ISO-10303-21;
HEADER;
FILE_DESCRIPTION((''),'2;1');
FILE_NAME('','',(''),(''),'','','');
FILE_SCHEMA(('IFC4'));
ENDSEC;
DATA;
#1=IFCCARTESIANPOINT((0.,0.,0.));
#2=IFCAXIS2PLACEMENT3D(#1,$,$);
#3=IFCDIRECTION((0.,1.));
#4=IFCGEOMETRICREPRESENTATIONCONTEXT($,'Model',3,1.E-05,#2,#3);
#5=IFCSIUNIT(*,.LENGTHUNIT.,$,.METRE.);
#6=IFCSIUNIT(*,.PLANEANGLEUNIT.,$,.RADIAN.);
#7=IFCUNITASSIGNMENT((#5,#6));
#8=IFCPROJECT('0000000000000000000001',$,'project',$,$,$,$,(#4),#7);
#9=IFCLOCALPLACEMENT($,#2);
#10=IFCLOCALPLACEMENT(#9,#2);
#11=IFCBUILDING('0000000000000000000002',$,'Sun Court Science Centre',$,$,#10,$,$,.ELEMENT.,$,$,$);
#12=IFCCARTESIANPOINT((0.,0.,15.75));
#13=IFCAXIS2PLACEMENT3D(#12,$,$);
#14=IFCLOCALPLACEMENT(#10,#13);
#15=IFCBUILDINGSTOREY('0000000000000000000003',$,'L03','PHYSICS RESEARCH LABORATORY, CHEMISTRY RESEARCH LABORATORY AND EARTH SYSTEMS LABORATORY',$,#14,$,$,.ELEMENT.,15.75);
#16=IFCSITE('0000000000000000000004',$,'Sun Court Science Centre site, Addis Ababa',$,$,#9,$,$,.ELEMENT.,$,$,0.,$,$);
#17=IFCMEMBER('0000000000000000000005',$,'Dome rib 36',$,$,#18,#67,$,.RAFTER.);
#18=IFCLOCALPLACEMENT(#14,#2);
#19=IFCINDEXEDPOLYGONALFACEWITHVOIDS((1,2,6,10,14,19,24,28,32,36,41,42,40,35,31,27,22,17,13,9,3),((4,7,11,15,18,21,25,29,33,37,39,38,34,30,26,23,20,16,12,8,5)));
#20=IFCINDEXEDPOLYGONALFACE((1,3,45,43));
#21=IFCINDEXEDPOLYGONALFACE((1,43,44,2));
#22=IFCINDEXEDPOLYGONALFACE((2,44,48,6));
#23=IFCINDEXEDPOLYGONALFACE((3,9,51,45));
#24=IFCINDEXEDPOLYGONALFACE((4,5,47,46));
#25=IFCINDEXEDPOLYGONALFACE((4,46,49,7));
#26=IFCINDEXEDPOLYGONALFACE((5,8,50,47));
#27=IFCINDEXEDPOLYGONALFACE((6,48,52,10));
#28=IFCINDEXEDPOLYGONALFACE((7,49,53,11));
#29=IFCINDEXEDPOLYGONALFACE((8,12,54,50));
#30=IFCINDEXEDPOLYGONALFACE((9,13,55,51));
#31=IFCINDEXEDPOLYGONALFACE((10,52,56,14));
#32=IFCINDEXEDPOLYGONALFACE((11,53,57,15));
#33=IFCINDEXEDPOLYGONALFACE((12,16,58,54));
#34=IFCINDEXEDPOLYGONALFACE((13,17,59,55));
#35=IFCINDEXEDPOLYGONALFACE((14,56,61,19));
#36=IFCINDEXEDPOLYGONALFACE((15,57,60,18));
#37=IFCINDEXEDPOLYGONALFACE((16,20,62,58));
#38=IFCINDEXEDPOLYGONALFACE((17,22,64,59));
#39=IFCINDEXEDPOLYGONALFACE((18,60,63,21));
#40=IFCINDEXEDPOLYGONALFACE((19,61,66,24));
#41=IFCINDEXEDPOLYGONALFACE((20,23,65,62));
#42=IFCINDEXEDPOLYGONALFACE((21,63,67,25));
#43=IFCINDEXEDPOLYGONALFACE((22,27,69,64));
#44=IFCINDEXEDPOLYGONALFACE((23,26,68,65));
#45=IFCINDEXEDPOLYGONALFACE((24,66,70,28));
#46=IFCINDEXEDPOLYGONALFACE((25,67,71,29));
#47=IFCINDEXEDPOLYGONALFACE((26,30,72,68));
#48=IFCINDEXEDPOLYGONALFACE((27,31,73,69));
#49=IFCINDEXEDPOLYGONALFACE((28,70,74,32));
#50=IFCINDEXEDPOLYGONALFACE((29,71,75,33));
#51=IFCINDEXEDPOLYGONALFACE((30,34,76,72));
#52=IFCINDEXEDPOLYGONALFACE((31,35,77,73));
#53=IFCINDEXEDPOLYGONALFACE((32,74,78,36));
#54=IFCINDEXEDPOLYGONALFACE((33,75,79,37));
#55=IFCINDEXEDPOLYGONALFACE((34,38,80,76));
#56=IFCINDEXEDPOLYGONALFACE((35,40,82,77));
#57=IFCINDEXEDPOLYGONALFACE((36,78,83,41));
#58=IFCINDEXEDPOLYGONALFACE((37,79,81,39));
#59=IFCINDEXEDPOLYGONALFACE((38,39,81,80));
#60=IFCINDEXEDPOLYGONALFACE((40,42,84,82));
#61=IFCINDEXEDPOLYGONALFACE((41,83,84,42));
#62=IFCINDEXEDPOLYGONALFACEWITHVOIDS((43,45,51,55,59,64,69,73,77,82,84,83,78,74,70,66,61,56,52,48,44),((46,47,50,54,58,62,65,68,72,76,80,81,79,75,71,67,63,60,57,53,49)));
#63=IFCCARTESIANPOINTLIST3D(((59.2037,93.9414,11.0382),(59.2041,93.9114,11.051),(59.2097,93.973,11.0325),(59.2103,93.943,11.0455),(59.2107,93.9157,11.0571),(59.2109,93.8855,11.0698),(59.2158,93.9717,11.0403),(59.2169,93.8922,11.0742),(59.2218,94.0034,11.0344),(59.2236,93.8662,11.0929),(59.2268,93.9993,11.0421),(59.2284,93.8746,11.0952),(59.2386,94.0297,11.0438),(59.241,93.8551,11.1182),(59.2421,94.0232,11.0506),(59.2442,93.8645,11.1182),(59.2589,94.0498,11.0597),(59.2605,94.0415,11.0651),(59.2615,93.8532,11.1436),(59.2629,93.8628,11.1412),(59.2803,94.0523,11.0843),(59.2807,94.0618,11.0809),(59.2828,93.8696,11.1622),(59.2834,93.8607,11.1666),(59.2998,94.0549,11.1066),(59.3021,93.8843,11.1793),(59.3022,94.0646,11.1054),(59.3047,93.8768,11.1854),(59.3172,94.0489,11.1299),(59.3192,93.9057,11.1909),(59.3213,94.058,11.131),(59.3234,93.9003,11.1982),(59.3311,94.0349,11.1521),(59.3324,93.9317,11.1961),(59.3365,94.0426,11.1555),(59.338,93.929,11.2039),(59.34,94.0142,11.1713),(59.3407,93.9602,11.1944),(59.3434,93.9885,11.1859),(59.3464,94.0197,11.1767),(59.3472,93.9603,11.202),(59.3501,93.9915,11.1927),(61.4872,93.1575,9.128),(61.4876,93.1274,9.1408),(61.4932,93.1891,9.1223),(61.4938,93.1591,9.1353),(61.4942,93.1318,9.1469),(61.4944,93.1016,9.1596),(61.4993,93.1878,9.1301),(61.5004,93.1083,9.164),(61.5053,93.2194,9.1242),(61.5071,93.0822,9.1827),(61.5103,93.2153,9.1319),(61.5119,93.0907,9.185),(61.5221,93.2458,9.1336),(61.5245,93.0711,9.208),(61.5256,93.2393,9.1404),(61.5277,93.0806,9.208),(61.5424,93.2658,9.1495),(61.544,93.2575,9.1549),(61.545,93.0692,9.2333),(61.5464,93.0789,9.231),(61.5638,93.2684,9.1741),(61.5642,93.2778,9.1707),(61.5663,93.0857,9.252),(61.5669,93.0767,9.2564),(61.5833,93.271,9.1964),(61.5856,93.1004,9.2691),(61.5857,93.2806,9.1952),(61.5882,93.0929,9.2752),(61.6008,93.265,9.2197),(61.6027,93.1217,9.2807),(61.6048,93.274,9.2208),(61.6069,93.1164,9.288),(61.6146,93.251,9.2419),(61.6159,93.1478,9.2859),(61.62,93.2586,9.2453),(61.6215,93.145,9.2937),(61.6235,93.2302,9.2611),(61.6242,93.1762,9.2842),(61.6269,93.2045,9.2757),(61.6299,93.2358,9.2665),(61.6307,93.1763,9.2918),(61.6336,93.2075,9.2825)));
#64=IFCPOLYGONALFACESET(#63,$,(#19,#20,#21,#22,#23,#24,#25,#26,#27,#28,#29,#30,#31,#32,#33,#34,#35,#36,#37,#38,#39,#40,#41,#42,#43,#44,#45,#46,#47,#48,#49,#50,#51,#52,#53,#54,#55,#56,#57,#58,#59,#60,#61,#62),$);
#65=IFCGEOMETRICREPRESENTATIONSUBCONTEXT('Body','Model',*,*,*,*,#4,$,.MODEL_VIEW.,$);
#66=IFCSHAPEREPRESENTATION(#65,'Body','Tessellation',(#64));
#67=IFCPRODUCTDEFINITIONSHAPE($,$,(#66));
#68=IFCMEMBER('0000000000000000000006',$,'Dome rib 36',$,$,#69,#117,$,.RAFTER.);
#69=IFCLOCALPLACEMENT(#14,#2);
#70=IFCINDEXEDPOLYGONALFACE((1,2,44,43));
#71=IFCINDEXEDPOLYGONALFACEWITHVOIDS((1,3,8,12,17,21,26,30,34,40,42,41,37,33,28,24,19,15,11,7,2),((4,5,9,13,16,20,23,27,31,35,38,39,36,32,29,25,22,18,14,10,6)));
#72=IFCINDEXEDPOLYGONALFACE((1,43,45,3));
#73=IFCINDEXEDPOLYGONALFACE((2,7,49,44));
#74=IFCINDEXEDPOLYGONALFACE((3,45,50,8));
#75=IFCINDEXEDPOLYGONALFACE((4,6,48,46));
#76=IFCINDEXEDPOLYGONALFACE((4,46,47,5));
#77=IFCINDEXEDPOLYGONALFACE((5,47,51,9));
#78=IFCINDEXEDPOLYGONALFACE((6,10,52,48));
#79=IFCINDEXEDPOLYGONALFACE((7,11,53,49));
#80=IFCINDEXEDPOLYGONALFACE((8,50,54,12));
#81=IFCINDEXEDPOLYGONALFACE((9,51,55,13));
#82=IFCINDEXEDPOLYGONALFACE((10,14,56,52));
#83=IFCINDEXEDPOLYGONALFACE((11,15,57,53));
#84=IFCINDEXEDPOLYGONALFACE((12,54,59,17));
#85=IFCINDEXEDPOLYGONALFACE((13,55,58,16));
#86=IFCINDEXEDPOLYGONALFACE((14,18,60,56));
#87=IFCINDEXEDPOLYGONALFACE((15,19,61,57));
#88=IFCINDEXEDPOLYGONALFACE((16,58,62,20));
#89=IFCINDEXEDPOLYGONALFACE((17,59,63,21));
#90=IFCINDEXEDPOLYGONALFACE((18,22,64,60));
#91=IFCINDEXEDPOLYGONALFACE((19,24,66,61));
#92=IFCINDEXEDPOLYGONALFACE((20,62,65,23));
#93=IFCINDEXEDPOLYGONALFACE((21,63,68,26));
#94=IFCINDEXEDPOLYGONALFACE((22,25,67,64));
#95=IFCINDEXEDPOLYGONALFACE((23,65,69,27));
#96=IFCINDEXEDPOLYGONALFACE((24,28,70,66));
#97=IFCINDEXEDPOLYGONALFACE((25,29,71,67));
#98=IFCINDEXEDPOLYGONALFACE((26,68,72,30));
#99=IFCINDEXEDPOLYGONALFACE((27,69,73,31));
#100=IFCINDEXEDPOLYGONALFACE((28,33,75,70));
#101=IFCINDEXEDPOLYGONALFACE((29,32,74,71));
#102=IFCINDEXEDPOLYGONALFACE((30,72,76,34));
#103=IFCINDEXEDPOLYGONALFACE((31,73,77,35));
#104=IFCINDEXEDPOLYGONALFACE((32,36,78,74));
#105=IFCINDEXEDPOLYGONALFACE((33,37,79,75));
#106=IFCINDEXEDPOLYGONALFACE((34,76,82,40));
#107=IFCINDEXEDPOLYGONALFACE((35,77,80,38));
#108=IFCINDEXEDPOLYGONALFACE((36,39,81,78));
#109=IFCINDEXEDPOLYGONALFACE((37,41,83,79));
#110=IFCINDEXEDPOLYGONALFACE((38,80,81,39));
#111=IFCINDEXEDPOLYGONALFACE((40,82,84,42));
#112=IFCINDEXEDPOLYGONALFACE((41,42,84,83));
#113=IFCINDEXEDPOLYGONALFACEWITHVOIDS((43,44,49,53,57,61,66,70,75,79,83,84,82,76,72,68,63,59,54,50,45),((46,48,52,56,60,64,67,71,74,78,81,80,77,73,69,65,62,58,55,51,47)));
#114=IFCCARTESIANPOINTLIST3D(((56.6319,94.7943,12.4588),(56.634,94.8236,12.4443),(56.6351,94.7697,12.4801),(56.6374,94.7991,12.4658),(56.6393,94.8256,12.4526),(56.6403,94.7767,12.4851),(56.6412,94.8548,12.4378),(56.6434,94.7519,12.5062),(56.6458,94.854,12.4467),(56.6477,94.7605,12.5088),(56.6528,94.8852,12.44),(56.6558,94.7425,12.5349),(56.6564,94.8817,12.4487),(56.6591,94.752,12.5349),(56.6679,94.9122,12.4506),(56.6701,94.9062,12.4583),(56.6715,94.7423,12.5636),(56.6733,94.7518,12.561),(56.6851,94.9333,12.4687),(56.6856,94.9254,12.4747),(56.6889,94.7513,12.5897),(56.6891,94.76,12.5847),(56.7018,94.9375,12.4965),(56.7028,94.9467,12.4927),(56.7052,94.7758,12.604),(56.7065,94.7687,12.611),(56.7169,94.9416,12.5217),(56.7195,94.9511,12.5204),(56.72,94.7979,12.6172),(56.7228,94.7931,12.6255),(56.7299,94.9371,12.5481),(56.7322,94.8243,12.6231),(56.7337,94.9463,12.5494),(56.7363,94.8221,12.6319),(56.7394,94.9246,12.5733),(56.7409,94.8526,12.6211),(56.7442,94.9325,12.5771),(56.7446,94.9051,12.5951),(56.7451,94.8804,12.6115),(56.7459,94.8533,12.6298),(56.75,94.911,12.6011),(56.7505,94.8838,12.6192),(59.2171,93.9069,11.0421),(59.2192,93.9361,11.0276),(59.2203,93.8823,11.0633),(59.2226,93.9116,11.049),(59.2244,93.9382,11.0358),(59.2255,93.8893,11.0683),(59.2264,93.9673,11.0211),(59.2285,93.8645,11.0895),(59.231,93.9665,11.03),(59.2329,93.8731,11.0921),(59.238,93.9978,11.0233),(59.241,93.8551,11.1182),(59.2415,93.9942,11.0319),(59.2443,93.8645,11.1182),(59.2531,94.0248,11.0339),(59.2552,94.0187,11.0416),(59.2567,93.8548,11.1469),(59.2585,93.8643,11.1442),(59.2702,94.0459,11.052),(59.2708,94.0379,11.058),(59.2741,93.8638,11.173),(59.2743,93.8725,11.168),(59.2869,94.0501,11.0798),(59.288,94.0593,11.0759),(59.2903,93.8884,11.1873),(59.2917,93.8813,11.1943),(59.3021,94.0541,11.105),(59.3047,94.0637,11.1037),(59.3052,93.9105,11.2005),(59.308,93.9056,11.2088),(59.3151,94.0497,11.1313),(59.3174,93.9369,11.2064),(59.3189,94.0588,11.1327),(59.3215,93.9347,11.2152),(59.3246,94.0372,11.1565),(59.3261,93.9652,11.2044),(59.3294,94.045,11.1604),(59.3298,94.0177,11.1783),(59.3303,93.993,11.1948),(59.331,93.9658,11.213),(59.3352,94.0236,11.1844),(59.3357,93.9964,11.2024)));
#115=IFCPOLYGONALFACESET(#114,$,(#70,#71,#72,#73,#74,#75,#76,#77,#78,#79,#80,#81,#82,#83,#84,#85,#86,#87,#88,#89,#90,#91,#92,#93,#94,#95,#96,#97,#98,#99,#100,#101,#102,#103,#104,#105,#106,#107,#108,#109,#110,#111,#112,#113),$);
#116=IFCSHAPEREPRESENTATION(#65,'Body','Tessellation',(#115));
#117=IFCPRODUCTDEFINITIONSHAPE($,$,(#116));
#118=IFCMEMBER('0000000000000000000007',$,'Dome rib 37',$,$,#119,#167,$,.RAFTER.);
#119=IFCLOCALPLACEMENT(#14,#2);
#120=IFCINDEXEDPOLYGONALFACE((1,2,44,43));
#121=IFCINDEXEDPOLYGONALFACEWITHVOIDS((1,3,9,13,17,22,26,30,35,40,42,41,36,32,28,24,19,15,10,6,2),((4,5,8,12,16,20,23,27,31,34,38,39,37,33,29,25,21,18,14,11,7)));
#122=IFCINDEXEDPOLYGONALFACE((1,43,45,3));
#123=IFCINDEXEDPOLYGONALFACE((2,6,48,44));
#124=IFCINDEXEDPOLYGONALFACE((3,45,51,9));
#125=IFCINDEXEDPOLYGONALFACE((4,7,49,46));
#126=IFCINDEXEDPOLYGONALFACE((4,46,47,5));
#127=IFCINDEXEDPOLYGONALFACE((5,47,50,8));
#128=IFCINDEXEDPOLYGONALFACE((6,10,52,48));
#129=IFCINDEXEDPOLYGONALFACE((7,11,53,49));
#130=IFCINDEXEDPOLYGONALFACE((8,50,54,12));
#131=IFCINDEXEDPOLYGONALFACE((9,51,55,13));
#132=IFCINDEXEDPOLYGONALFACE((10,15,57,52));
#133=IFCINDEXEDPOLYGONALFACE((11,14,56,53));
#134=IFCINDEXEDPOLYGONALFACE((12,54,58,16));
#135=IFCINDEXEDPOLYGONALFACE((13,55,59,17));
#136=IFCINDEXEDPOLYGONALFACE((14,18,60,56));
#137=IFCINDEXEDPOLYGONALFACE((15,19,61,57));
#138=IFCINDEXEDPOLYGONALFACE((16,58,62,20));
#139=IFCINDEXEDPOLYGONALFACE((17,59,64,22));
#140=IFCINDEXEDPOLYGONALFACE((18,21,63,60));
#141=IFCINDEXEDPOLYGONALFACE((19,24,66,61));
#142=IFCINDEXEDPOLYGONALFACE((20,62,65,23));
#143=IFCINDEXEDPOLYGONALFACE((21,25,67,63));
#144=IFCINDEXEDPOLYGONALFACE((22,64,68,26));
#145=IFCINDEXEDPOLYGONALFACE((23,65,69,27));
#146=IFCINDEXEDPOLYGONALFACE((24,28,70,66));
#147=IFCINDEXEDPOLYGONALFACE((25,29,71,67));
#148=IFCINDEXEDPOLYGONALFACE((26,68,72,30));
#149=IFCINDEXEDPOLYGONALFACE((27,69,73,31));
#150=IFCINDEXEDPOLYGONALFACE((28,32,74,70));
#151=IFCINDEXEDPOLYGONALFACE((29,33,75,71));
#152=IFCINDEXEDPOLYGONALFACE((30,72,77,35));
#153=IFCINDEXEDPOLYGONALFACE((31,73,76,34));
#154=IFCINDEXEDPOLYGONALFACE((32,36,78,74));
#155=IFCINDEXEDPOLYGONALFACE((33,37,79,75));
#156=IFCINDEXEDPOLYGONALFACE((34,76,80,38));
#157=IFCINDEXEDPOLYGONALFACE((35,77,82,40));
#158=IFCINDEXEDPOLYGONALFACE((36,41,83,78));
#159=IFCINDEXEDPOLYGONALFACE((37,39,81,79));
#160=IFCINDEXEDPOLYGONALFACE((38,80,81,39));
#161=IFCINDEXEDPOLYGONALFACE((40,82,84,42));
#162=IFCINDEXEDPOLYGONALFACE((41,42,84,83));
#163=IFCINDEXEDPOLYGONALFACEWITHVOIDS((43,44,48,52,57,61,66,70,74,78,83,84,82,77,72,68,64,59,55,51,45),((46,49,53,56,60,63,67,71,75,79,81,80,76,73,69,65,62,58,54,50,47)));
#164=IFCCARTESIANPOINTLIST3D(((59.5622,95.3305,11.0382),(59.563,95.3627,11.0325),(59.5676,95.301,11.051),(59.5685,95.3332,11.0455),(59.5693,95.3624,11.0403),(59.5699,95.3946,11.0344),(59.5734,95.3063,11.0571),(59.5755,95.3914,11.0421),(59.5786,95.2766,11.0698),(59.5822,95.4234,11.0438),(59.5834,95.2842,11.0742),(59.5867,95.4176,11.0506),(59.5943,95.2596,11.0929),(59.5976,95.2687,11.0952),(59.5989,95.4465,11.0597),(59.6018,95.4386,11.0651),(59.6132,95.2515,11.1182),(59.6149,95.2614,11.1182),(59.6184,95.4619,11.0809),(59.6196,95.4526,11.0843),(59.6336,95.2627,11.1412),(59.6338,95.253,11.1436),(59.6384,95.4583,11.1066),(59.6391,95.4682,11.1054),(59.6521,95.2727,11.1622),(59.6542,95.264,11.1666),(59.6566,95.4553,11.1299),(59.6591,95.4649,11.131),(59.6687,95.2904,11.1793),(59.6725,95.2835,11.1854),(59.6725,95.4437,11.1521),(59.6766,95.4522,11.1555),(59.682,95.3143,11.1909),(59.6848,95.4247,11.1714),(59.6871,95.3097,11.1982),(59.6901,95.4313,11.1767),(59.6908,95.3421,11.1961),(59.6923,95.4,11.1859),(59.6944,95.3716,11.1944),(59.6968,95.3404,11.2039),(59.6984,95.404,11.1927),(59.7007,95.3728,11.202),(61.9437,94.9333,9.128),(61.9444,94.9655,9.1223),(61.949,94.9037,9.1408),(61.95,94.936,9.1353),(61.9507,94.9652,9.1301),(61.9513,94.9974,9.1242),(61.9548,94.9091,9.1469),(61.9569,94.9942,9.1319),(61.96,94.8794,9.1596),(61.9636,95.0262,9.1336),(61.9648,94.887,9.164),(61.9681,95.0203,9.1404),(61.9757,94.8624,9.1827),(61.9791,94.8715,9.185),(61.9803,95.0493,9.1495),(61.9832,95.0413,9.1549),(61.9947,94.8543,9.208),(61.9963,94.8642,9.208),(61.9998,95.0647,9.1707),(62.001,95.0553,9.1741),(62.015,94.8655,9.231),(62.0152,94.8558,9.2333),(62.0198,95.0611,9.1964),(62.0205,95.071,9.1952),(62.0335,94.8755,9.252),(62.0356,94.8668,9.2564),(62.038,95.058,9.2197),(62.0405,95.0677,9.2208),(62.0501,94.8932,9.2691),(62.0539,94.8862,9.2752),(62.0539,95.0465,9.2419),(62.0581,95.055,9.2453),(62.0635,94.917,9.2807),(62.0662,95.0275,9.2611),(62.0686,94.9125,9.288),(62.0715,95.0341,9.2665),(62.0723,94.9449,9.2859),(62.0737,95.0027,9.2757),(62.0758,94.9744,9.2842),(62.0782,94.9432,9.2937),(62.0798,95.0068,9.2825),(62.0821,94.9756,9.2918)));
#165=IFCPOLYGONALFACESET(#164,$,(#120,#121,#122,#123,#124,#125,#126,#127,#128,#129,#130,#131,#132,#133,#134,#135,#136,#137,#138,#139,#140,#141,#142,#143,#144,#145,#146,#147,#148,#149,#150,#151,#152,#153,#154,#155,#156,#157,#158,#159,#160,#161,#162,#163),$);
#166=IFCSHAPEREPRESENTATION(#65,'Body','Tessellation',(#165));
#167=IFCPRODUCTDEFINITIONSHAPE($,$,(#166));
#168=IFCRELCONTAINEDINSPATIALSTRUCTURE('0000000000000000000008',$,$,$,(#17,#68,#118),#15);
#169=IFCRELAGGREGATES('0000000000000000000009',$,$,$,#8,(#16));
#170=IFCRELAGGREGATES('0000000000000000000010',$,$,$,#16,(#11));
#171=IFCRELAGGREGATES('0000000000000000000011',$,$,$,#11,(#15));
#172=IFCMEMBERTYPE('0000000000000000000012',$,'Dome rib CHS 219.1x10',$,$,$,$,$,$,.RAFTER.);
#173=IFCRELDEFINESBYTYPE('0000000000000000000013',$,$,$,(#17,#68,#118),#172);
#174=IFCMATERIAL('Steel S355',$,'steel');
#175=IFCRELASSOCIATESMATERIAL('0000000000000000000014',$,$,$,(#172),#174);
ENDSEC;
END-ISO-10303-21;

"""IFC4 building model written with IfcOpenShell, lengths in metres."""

from ifc_helpers import new_model, si_unit, direction, frame, origin, origin_2d, place, context, subcontext, project, spatial, hollow_circle, extrude, material, material_profile, profile_set, type_object, element, save


model = new_model("IFC4")

# Units and contexts
model_context = context("Model", 3, precision=1e-05, world=origin(), true_north=direction((0.0, 1.0)))
body_context = subcontext(model_context, "Body", "Model", "MODEL_VIEW")
ifc_project = project(units=[si_unit("LENGTHUNIT", "METRE"), si_unit("PLANEANGLEUNIT", "RADIAN")], contexts=[model_context])

# Site, building, storey
site_placement = place(None, origin())
site = spatial("IfcSite", under=ifc_project, at=site_placement, Name="Sun Court Science Centre site, Addis Ababa", CompositionType="ELEMENT", RefElevation=0.0)
building_placement = place(site_placement, origin())
building = spatial("IfcBuilding", under=site, at=building_placement, Name="Sun Court Science Centre", CompositionType="ELEMENT")
storey_placement = place(building_placement, frame((0.0, 0.0, 15.75)))
storey = spatial("IfcBuildingStorey", under=building, at=storey_placement, Name="L03", Description="PHYSICS RESEARCH LABORATORY, CHEMISTRY RESEARCH LABORATORY AND EARTH SYSTEMS LABORATORY", CompositionType="ELEMENT", Elevation=15.75)

# Members
ifc_material_1 = material(Name="Steel S355", Category="steel")
ifc_material_profile_1 = material_profile(ifc_material_1, hollow_circle(Radius=0.1096, WallThickness=0.01, at=origin_2d()), Name="CHS 219.1x10")
ifc_profile_set_1 = profile_set([ifc_material_profile_1], Name="Steel S355")
member_type_1 = type_object("IfcMemberType", Name="Dome rib CHS 219.1x10", PredefinedType="RAFTER", material=ifc_profile_set_1)
for number, where, z_axis, x_axis, name in (
    (1, (61.5601, 93.1748, 9.208), (-0.741732, 0.254646, 0.620476), (-0.32471, -0.945814, 0.0), "Dome rib 36"),
    (2, (59.2766, 93.9587, 11.1182), (-0.839723, 0.288261, 0.460186), (-0.324683, -0.945823, 0.0), "Dome rib 36"),
    (3, (62.0127, 94.9624, 9.208), (-0.773536, 0.129028, 0.620478), (-0.16453, -0.986372, 0.0), "Dome rib 37"),
):
    element("IfcMember", number, at=place(storey_placement, frame(where, z_axis=z_axis, x_axis=x_axis)), inside=storey, type_object=member_type_1, Name=name, PredefinedType="RAFTER", context=body_context, shape_type="SweptSolid", body=[
        extrude(hollow_circle(Radius=0.1096, WallThickness=0.01, at=origin_2d()), origin(), (0.0, 0.0, 1.0), 3.0786),
    ])

save(model, "model.ifc")
